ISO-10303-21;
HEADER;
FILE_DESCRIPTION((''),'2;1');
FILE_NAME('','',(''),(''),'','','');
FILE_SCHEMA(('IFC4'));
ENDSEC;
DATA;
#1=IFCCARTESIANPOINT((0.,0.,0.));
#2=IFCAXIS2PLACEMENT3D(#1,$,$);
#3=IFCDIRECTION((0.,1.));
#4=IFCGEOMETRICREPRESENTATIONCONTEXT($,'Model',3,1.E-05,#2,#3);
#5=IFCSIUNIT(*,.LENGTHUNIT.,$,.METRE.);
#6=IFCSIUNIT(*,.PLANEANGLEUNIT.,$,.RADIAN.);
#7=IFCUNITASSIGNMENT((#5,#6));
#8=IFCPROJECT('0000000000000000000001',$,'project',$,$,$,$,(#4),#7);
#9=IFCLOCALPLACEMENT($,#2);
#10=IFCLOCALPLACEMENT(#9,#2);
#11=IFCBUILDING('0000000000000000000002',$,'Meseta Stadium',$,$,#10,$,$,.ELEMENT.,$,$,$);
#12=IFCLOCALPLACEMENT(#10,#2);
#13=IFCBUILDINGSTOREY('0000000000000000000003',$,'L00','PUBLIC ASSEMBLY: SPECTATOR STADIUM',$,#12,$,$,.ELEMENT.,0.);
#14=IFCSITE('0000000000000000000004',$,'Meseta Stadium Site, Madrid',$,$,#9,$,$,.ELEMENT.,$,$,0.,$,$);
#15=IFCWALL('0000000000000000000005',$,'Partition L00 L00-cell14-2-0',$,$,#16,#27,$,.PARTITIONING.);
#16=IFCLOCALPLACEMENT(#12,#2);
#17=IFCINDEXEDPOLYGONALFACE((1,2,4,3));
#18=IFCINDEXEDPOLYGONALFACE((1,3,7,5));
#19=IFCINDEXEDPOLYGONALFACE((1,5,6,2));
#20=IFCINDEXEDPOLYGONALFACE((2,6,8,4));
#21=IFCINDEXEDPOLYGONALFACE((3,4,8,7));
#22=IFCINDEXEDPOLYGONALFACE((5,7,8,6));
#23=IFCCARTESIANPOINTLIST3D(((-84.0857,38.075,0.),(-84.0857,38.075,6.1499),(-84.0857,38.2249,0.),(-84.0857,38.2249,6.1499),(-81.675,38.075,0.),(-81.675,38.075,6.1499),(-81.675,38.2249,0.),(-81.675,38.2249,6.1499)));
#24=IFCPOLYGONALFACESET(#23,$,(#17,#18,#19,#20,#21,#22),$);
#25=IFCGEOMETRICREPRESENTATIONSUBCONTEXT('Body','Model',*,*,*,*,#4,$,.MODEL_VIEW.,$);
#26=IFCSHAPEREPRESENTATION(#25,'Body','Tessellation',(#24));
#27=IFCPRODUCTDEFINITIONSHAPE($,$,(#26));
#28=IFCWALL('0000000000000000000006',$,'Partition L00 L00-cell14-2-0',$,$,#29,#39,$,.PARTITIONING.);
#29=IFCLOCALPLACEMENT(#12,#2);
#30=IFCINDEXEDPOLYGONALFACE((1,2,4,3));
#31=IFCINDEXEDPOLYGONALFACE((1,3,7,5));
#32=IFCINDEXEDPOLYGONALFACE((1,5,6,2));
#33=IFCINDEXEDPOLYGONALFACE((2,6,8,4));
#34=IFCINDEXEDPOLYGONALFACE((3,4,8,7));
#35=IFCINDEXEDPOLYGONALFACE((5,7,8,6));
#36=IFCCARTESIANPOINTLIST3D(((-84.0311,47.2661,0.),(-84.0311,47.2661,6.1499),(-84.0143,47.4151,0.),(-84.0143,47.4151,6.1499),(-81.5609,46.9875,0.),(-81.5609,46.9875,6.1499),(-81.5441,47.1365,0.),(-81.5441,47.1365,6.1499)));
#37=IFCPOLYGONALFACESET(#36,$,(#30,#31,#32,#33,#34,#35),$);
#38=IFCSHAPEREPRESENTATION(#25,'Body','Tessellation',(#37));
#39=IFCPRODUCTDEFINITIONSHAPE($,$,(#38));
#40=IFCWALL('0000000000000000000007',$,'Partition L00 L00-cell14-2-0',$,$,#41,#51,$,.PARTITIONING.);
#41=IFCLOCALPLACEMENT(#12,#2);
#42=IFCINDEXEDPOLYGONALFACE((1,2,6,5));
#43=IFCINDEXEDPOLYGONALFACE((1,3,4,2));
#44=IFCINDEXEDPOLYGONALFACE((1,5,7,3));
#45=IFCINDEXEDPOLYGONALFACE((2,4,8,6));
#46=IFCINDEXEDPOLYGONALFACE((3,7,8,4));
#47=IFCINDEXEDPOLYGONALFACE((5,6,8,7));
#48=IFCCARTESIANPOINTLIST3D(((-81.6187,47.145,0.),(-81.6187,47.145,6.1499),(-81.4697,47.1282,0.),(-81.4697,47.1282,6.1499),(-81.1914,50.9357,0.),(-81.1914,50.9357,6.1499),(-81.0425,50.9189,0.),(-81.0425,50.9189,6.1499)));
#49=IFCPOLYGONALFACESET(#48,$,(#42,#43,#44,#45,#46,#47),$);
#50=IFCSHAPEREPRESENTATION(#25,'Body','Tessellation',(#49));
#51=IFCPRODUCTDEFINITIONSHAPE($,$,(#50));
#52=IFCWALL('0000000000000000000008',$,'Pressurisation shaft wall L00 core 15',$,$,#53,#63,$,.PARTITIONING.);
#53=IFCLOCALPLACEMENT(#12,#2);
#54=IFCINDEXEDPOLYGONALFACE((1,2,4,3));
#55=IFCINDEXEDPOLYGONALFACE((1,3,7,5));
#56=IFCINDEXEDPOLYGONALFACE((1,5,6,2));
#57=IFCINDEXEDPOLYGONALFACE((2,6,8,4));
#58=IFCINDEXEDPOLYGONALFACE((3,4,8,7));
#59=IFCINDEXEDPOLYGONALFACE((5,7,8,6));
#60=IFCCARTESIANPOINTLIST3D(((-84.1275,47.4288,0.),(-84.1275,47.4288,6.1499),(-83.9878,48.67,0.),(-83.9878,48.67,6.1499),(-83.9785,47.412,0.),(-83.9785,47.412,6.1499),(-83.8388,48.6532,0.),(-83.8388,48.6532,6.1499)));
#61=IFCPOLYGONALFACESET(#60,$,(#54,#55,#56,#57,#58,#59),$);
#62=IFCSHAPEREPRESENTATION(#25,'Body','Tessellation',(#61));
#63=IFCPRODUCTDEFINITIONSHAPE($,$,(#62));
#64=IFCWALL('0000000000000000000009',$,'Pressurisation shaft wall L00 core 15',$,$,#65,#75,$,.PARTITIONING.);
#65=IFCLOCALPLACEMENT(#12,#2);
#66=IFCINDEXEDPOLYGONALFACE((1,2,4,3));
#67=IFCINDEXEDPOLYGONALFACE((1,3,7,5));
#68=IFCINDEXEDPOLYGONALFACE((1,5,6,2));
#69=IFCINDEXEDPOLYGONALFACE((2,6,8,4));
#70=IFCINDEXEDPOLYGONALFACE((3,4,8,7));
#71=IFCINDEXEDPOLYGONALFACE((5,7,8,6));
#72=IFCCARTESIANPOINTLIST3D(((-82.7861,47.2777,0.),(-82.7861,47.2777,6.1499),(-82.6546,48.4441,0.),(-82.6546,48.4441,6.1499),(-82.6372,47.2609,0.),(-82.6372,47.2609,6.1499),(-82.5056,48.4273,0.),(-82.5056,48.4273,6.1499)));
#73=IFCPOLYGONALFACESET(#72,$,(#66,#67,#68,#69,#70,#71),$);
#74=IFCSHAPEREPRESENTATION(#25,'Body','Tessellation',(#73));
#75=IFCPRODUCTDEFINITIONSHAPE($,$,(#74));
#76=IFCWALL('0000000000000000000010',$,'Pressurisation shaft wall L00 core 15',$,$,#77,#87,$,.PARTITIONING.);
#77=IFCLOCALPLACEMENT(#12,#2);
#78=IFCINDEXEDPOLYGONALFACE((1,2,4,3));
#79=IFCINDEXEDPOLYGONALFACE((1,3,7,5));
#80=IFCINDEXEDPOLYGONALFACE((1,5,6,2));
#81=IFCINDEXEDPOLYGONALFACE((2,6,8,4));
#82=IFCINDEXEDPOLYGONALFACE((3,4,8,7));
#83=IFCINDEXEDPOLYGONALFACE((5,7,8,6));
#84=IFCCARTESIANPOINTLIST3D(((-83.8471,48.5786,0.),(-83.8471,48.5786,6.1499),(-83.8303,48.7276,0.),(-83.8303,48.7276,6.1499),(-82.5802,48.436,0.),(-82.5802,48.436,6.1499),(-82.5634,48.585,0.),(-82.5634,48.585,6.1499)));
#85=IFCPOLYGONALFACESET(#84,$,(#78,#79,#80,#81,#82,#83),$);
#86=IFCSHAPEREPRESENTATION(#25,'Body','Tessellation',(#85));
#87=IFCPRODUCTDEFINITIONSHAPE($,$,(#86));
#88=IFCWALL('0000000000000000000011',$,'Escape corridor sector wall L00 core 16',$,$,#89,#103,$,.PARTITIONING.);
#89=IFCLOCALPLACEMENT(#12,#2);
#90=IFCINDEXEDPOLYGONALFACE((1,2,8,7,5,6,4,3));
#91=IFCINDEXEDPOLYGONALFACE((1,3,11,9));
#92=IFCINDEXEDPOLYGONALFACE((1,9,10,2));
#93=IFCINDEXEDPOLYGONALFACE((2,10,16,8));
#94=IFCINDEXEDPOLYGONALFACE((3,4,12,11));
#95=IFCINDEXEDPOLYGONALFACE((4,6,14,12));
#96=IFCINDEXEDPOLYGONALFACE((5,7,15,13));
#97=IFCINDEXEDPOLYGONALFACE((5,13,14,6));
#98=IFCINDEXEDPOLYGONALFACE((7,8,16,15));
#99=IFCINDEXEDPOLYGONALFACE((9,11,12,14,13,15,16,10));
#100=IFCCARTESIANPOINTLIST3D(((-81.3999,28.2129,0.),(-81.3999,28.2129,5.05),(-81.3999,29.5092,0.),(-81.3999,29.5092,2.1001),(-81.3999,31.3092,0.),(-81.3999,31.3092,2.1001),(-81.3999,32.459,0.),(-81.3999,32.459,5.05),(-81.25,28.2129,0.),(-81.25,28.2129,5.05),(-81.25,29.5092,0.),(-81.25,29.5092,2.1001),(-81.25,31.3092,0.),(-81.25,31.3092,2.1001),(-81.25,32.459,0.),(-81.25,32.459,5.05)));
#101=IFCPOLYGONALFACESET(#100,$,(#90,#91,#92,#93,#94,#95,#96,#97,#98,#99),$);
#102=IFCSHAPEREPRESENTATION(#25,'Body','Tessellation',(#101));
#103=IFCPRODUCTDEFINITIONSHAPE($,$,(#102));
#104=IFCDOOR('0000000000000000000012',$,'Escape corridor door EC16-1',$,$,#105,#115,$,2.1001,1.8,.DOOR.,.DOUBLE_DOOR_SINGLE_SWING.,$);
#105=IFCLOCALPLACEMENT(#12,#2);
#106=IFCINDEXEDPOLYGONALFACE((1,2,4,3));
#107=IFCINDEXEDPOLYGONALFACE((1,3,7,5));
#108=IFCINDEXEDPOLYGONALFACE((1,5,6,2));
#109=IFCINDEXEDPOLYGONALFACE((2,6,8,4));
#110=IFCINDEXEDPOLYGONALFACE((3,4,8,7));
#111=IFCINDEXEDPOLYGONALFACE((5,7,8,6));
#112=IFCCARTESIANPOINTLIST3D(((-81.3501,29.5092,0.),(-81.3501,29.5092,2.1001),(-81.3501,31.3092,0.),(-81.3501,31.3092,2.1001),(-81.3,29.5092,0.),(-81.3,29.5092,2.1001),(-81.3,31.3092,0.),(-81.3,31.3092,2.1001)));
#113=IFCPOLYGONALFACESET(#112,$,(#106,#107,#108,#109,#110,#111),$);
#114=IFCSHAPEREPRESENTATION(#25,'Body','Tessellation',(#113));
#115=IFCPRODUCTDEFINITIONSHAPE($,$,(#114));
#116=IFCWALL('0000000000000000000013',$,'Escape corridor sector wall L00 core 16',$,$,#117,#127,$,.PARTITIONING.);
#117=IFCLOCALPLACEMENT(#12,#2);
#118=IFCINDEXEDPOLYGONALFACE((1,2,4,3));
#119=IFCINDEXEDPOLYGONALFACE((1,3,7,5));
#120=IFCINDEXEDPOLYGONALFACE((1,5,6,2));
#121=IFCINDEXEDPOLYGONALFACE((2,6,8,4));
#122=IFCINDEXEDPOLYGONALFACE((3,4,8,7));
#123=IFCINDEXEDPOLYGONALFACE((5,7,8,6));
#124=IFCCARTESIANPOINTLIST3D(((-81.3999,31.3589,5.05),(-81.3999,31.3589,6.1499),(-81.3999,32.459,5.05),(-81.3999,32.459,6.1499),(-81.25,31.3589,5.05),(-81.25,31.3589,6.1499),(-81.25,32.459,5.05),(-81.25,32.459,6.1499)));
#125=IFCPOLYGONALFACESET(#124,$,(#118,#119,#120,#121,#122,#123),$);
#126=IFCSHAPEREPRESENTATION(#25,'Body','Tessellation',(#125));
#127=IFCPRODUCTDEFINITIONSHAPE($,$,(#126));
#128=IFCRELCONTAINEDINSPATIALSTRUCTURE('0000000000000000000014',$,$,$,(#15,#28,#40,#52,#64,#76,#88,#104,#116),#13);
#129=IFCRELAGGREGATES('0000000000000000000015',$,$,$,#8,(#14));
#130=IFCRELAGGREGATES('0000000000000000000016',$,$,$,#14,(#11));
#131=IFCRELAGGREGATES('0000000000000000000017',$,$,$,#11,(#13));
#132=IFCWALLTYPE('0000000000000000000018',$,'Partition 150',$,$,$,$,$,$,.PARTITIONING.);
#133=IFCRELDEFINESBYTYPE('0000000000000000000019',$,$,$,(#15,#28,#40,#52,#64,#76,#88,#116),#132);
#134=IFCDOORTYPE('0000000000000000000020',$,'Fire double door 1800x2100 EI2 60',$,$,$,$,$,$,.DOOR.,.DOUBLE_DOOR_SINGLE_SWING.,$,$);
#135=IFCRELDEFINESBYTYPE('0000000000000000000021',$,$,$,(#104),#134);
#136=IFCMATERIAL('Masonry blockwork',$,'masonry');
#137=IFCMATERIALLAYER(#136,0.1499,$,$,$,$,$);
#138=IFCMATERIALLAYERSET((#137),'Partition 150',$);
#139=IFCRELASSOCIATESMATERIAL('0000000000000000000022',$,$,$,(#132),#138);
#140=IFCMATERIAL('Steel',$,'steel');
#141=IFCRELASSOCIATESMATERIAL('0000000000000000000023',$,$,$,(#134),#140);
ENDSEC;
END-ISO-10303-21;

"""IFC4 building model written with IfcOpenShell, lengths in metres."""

from ifc_helpers import new_model, si_unit, direction, frame, frame_2d, origin, place, context, subcontext, project, spatial, rectangle, extrude, material, layer, layer_set, type_object, element, fill, save


model = new_model("IFC4")

# Units and contexts
model_context = context("Model", 3, precision=1e-05, world=origin(), true_north=direction((0.0, 1.0)))
body_context = subcontext(model_context, "Body", "Model", "MODEL_VIEW")
ifc_project = project(units=[si_unit("LENGTHUNIT", "METRE"), si_unit("PLANEANGLEUNIT", "RADIAN")], contexts=[model_context])

# Site, building, storey
site_placement = place(None, origin())
site = spatial("IfcSite", under=ifc_project, at=site_placement, Name="Meseta Stadium Site, Madrid", CompositionType="ELEMENT", RefElevation=0.0)
building_placement = place(site_placement, origin())
building = spatial("IfcBuilding", under=site, at=building_placement, Name="Meseta Stadium", CompositionType="ELEMENT")
storey_placement = place(building_placement, origin())
storey = spatial("IfcBuildingStorey", under=building, at=storey_placement, Name="L00", Description="PUBLIC ASSEMBLY: SPECTATOR STADIUM", CompositionType="ELEMENT", Elevation=0.0)

# Shared definitions
ifc_material_1 = material(Name="Masonry blockwork", Category="masonry")
ifc_layer_1 = layer(ifc_material_1, 0.1499)
ifc_layer_set_1 = layer_set([ifc_layer_1], Name="Partition 150")
wall_type_1 = type_object("IfcWallType", Name="Partition 150", PredefinedType="PARTITIONING", material=ifc_layer_set_1)

# Walls
wall_1_placement = place(storey_placement, frame((-81.675, 38.1499, 0.0), z_axis=(0.0, 0.0, 1.0), x_axis=(-1.0, 0.0, 0.0)))
element("IfcWall", 1, at=wall_1_placement, inside=storey, type_object=wall_type_1, Name="Partition L00 L00-cell14-2-0", PredefinedType="PARTITIONING", context=body_context, shape_type="SweptSolid", body=[
    extrude(rectangle(XDim=2.4106, YDim=0.1499, at=frame_2d((1.2053, 0.0))), origin(), (0.0, 0.0, 1.0), 6.1499),
])
wall_2_placement = place(storey_placement, frame((-84.0227, 47.3406, 0.0), z_axis=(0.0, 0.0, 1.0), x_axis=(0.993702, -0.112059, 0.0)))
element("IfcWall", 2, at=wall_2_placement, inside=storey, type_object=wall_type_1, Name="Partition L00 L00-cell14-2-0", PredefinedType="PARTITIONING", context=body_context, shape_type="SweptSolid", body=[
    extrude(rectangle(XDim=2.4858, YDim=0.1499, at=frame_2d((1.2429, 0.0))), origin(), (0.0, 0.0, 1.0), 6.1499),
])
wall_3_placement = place(storey_placement, frame((-81.5442, 47.1367, 0.0), z_axis=(0.0, 0.0, 1.0), x_axis=(0.111998, 0.993708, 0.0)))
element("IfcWall", 3, at=wall_3_placement, inside=storey, type_object=wall_type_1, Name="Partition L00 L00-cell14-2-0", PredefinedType="PARTITIONING", context=body_context, shape_type="SweptSolid", body=[
    extrude(rectangle(XDim=3.8147, YDim=0.1499, at=frame_2d((1.9072, 0.0))), origin(), (0.0, 0.0, 1.0), 6.1499),
])
wall_4_placement = place(storey_placement, frame((-83.9133, 48.6616, 0.0), z_axis=(0.0, 0.0, 1.0), x_axis=(-0.111804, -0.99373, 0.0)))
element("IfcWall", 4, at=wall_4_placement, inside=storey, type_object=wall_type_1, Name="Pressurisation shaft wall L00 core 15", PredefinedType="PARTITIONING", context=body_context, shape_type="SweptSolid", body=[
    extrude(rectangle(XDim=1.249, YDim=0.1499, at=frame_2d((0.6245, 0.0))), origin(), (0.0, 0.0, 1.0), 6.1499),
])
wall_5_placement = place(storey_placement, frame((-82.7117, 47.2693, 0.0), z_axis=(0.0, 0.0, 1.0), x_axis=(0.112098, 0.993697, 0.0)))
element("IfcWall", 5, at=wall_5_placement, inside=storey, type_object=wall_type_1, Name="Pressurisation shaft wall L00 core 15", PredefinedType="PARTITIONING", context=body_context, shape_type="SweptSolid", body=[
    extrude(rectangle(XDim=1.1738, YDim=0.1499, at=frame_2d((0.5869, 0.0))), origin(), (0.0, 0.0, 1.0), 6.1499),
])
wall_6_placement = place(storey_placement, frame((-82.5718, 48.5105, 0.0), z_axis=(0.0, 0.0, 1.0), x_axis=(-0.993726, 0.11184, 0.0)))
element("IfcWall", 6, at=wall_6_placement, inside=storey, type_object=wall_type_1, Name="Pressurisation shaft wall L00 core 15", PredefinedType="PARTITIONING", context=body_context, shape_type="SweptSolid", body=[
    extrude(rectangle(XDim=1.2749, YDim=0.1499, at=frame_2d((0.6375, 0.0))), origin(), (0.0, 0.0, 1.0), 6.1499),
])

# Wall, opening, door
wall_7_placement = place(storey_placement, frame((-81.325, 32.459, 0.0), z_axis=(0.0, 0.0, 1.0), x_axis=(0.0, -1.0, 0.0)))
wall_7 = element("IfcWall", 7, at=wall_7_placement, inside=storey, type_object=wall_type_1, Name="Escape corridor sector wall L00 core 16", PredefinedType="PARTITIONING", context=body_context, shape_type="SweptSolid", body=[
    extrude(rectangle(XDim=4.2461, YDim=0.1499, at=frame_2d((2.123, 0.0))), origin(), (0.0, 0.0, 1.0), 5.05),
])
opening_1_placement = place(wall_7_placement, frame((1.1499, 0.0, 0.0)))
opening_1 = element("IfcOpeningElement", 8, at=opening_1_placement, cuts=wall_7, PredefinedType="OPENING", context=body_context, shape_type="SweptSolid", body=[
    extrude(rectangle(XDim=1.8, YDim=2.1001, at=frame_2d((0.8999, 1.05))), frame((0.0, 0.085, 0.0), z_axis=(0.0, -1.0, 0.0), x_axis=(1.0, 0.0, 0.0)), (0.0, 0.0, 1.0), 0.1699),
])
ifc_material_2 = material(Name="Steel", Category="steel")
door_type_1 = type_object("IfcDoorType", Name="Fire double door 1800x2100 EI2 60", OperationType="DOUBLE_DOOR_SINGLE_SWING", PredefinedType="DOOR", material=ifc_material_2)
door_1_placement = place(opening_1_placement, origin())
door_1 = element("IfcDoor", 9, at=door_1_placement, inside=storey, type_object=door_type_1, Name="Escape corridor door EC16-1", OperationType="DOUBLE_DOOR_SINGLE_SWING", OverallHeight=2.1001, OverallWidth=1.8, PredefinedType="DOOR", context=body_context, shape_type="SweptSolid", body=[
    extrude(rectangle(XDim=1.8, YDim=2.1001, at=frame_2d((0.8999, 1.05))), frame((0.0, 0.0249, 0.0), z_axis=(0.0, -1.0, 0.0), x_axis=(1.0, 0.0, 0.0)), (0.0, 0.0, 1.0), 0.05),
])
fill(opening_1, door_1)

# Wall
wall_8_placement = place(storey_placement, frame((-81.325, 32.459, 5.05), z_axis=(0.0, 0.0, 1.0), x_axis=(0.0, -1.0, 0.0)))
element("IfcWall", 10, at=wall_8_placement, inside=storey, type_object=wall_type_1, Name="Escape corridor sector wall L00 core 16", PredefinedType="PARTITIONING", context=body_context, shape_type="SweptSolid", body=[
    extrude(rectangle(XDim=1.1001, YDim=0.1499, at=frame_2d((0.55, 0.0))), origin(), (0.0, 0.0, 1.0), 1.0999),
])

save(model, "model.ifc")
